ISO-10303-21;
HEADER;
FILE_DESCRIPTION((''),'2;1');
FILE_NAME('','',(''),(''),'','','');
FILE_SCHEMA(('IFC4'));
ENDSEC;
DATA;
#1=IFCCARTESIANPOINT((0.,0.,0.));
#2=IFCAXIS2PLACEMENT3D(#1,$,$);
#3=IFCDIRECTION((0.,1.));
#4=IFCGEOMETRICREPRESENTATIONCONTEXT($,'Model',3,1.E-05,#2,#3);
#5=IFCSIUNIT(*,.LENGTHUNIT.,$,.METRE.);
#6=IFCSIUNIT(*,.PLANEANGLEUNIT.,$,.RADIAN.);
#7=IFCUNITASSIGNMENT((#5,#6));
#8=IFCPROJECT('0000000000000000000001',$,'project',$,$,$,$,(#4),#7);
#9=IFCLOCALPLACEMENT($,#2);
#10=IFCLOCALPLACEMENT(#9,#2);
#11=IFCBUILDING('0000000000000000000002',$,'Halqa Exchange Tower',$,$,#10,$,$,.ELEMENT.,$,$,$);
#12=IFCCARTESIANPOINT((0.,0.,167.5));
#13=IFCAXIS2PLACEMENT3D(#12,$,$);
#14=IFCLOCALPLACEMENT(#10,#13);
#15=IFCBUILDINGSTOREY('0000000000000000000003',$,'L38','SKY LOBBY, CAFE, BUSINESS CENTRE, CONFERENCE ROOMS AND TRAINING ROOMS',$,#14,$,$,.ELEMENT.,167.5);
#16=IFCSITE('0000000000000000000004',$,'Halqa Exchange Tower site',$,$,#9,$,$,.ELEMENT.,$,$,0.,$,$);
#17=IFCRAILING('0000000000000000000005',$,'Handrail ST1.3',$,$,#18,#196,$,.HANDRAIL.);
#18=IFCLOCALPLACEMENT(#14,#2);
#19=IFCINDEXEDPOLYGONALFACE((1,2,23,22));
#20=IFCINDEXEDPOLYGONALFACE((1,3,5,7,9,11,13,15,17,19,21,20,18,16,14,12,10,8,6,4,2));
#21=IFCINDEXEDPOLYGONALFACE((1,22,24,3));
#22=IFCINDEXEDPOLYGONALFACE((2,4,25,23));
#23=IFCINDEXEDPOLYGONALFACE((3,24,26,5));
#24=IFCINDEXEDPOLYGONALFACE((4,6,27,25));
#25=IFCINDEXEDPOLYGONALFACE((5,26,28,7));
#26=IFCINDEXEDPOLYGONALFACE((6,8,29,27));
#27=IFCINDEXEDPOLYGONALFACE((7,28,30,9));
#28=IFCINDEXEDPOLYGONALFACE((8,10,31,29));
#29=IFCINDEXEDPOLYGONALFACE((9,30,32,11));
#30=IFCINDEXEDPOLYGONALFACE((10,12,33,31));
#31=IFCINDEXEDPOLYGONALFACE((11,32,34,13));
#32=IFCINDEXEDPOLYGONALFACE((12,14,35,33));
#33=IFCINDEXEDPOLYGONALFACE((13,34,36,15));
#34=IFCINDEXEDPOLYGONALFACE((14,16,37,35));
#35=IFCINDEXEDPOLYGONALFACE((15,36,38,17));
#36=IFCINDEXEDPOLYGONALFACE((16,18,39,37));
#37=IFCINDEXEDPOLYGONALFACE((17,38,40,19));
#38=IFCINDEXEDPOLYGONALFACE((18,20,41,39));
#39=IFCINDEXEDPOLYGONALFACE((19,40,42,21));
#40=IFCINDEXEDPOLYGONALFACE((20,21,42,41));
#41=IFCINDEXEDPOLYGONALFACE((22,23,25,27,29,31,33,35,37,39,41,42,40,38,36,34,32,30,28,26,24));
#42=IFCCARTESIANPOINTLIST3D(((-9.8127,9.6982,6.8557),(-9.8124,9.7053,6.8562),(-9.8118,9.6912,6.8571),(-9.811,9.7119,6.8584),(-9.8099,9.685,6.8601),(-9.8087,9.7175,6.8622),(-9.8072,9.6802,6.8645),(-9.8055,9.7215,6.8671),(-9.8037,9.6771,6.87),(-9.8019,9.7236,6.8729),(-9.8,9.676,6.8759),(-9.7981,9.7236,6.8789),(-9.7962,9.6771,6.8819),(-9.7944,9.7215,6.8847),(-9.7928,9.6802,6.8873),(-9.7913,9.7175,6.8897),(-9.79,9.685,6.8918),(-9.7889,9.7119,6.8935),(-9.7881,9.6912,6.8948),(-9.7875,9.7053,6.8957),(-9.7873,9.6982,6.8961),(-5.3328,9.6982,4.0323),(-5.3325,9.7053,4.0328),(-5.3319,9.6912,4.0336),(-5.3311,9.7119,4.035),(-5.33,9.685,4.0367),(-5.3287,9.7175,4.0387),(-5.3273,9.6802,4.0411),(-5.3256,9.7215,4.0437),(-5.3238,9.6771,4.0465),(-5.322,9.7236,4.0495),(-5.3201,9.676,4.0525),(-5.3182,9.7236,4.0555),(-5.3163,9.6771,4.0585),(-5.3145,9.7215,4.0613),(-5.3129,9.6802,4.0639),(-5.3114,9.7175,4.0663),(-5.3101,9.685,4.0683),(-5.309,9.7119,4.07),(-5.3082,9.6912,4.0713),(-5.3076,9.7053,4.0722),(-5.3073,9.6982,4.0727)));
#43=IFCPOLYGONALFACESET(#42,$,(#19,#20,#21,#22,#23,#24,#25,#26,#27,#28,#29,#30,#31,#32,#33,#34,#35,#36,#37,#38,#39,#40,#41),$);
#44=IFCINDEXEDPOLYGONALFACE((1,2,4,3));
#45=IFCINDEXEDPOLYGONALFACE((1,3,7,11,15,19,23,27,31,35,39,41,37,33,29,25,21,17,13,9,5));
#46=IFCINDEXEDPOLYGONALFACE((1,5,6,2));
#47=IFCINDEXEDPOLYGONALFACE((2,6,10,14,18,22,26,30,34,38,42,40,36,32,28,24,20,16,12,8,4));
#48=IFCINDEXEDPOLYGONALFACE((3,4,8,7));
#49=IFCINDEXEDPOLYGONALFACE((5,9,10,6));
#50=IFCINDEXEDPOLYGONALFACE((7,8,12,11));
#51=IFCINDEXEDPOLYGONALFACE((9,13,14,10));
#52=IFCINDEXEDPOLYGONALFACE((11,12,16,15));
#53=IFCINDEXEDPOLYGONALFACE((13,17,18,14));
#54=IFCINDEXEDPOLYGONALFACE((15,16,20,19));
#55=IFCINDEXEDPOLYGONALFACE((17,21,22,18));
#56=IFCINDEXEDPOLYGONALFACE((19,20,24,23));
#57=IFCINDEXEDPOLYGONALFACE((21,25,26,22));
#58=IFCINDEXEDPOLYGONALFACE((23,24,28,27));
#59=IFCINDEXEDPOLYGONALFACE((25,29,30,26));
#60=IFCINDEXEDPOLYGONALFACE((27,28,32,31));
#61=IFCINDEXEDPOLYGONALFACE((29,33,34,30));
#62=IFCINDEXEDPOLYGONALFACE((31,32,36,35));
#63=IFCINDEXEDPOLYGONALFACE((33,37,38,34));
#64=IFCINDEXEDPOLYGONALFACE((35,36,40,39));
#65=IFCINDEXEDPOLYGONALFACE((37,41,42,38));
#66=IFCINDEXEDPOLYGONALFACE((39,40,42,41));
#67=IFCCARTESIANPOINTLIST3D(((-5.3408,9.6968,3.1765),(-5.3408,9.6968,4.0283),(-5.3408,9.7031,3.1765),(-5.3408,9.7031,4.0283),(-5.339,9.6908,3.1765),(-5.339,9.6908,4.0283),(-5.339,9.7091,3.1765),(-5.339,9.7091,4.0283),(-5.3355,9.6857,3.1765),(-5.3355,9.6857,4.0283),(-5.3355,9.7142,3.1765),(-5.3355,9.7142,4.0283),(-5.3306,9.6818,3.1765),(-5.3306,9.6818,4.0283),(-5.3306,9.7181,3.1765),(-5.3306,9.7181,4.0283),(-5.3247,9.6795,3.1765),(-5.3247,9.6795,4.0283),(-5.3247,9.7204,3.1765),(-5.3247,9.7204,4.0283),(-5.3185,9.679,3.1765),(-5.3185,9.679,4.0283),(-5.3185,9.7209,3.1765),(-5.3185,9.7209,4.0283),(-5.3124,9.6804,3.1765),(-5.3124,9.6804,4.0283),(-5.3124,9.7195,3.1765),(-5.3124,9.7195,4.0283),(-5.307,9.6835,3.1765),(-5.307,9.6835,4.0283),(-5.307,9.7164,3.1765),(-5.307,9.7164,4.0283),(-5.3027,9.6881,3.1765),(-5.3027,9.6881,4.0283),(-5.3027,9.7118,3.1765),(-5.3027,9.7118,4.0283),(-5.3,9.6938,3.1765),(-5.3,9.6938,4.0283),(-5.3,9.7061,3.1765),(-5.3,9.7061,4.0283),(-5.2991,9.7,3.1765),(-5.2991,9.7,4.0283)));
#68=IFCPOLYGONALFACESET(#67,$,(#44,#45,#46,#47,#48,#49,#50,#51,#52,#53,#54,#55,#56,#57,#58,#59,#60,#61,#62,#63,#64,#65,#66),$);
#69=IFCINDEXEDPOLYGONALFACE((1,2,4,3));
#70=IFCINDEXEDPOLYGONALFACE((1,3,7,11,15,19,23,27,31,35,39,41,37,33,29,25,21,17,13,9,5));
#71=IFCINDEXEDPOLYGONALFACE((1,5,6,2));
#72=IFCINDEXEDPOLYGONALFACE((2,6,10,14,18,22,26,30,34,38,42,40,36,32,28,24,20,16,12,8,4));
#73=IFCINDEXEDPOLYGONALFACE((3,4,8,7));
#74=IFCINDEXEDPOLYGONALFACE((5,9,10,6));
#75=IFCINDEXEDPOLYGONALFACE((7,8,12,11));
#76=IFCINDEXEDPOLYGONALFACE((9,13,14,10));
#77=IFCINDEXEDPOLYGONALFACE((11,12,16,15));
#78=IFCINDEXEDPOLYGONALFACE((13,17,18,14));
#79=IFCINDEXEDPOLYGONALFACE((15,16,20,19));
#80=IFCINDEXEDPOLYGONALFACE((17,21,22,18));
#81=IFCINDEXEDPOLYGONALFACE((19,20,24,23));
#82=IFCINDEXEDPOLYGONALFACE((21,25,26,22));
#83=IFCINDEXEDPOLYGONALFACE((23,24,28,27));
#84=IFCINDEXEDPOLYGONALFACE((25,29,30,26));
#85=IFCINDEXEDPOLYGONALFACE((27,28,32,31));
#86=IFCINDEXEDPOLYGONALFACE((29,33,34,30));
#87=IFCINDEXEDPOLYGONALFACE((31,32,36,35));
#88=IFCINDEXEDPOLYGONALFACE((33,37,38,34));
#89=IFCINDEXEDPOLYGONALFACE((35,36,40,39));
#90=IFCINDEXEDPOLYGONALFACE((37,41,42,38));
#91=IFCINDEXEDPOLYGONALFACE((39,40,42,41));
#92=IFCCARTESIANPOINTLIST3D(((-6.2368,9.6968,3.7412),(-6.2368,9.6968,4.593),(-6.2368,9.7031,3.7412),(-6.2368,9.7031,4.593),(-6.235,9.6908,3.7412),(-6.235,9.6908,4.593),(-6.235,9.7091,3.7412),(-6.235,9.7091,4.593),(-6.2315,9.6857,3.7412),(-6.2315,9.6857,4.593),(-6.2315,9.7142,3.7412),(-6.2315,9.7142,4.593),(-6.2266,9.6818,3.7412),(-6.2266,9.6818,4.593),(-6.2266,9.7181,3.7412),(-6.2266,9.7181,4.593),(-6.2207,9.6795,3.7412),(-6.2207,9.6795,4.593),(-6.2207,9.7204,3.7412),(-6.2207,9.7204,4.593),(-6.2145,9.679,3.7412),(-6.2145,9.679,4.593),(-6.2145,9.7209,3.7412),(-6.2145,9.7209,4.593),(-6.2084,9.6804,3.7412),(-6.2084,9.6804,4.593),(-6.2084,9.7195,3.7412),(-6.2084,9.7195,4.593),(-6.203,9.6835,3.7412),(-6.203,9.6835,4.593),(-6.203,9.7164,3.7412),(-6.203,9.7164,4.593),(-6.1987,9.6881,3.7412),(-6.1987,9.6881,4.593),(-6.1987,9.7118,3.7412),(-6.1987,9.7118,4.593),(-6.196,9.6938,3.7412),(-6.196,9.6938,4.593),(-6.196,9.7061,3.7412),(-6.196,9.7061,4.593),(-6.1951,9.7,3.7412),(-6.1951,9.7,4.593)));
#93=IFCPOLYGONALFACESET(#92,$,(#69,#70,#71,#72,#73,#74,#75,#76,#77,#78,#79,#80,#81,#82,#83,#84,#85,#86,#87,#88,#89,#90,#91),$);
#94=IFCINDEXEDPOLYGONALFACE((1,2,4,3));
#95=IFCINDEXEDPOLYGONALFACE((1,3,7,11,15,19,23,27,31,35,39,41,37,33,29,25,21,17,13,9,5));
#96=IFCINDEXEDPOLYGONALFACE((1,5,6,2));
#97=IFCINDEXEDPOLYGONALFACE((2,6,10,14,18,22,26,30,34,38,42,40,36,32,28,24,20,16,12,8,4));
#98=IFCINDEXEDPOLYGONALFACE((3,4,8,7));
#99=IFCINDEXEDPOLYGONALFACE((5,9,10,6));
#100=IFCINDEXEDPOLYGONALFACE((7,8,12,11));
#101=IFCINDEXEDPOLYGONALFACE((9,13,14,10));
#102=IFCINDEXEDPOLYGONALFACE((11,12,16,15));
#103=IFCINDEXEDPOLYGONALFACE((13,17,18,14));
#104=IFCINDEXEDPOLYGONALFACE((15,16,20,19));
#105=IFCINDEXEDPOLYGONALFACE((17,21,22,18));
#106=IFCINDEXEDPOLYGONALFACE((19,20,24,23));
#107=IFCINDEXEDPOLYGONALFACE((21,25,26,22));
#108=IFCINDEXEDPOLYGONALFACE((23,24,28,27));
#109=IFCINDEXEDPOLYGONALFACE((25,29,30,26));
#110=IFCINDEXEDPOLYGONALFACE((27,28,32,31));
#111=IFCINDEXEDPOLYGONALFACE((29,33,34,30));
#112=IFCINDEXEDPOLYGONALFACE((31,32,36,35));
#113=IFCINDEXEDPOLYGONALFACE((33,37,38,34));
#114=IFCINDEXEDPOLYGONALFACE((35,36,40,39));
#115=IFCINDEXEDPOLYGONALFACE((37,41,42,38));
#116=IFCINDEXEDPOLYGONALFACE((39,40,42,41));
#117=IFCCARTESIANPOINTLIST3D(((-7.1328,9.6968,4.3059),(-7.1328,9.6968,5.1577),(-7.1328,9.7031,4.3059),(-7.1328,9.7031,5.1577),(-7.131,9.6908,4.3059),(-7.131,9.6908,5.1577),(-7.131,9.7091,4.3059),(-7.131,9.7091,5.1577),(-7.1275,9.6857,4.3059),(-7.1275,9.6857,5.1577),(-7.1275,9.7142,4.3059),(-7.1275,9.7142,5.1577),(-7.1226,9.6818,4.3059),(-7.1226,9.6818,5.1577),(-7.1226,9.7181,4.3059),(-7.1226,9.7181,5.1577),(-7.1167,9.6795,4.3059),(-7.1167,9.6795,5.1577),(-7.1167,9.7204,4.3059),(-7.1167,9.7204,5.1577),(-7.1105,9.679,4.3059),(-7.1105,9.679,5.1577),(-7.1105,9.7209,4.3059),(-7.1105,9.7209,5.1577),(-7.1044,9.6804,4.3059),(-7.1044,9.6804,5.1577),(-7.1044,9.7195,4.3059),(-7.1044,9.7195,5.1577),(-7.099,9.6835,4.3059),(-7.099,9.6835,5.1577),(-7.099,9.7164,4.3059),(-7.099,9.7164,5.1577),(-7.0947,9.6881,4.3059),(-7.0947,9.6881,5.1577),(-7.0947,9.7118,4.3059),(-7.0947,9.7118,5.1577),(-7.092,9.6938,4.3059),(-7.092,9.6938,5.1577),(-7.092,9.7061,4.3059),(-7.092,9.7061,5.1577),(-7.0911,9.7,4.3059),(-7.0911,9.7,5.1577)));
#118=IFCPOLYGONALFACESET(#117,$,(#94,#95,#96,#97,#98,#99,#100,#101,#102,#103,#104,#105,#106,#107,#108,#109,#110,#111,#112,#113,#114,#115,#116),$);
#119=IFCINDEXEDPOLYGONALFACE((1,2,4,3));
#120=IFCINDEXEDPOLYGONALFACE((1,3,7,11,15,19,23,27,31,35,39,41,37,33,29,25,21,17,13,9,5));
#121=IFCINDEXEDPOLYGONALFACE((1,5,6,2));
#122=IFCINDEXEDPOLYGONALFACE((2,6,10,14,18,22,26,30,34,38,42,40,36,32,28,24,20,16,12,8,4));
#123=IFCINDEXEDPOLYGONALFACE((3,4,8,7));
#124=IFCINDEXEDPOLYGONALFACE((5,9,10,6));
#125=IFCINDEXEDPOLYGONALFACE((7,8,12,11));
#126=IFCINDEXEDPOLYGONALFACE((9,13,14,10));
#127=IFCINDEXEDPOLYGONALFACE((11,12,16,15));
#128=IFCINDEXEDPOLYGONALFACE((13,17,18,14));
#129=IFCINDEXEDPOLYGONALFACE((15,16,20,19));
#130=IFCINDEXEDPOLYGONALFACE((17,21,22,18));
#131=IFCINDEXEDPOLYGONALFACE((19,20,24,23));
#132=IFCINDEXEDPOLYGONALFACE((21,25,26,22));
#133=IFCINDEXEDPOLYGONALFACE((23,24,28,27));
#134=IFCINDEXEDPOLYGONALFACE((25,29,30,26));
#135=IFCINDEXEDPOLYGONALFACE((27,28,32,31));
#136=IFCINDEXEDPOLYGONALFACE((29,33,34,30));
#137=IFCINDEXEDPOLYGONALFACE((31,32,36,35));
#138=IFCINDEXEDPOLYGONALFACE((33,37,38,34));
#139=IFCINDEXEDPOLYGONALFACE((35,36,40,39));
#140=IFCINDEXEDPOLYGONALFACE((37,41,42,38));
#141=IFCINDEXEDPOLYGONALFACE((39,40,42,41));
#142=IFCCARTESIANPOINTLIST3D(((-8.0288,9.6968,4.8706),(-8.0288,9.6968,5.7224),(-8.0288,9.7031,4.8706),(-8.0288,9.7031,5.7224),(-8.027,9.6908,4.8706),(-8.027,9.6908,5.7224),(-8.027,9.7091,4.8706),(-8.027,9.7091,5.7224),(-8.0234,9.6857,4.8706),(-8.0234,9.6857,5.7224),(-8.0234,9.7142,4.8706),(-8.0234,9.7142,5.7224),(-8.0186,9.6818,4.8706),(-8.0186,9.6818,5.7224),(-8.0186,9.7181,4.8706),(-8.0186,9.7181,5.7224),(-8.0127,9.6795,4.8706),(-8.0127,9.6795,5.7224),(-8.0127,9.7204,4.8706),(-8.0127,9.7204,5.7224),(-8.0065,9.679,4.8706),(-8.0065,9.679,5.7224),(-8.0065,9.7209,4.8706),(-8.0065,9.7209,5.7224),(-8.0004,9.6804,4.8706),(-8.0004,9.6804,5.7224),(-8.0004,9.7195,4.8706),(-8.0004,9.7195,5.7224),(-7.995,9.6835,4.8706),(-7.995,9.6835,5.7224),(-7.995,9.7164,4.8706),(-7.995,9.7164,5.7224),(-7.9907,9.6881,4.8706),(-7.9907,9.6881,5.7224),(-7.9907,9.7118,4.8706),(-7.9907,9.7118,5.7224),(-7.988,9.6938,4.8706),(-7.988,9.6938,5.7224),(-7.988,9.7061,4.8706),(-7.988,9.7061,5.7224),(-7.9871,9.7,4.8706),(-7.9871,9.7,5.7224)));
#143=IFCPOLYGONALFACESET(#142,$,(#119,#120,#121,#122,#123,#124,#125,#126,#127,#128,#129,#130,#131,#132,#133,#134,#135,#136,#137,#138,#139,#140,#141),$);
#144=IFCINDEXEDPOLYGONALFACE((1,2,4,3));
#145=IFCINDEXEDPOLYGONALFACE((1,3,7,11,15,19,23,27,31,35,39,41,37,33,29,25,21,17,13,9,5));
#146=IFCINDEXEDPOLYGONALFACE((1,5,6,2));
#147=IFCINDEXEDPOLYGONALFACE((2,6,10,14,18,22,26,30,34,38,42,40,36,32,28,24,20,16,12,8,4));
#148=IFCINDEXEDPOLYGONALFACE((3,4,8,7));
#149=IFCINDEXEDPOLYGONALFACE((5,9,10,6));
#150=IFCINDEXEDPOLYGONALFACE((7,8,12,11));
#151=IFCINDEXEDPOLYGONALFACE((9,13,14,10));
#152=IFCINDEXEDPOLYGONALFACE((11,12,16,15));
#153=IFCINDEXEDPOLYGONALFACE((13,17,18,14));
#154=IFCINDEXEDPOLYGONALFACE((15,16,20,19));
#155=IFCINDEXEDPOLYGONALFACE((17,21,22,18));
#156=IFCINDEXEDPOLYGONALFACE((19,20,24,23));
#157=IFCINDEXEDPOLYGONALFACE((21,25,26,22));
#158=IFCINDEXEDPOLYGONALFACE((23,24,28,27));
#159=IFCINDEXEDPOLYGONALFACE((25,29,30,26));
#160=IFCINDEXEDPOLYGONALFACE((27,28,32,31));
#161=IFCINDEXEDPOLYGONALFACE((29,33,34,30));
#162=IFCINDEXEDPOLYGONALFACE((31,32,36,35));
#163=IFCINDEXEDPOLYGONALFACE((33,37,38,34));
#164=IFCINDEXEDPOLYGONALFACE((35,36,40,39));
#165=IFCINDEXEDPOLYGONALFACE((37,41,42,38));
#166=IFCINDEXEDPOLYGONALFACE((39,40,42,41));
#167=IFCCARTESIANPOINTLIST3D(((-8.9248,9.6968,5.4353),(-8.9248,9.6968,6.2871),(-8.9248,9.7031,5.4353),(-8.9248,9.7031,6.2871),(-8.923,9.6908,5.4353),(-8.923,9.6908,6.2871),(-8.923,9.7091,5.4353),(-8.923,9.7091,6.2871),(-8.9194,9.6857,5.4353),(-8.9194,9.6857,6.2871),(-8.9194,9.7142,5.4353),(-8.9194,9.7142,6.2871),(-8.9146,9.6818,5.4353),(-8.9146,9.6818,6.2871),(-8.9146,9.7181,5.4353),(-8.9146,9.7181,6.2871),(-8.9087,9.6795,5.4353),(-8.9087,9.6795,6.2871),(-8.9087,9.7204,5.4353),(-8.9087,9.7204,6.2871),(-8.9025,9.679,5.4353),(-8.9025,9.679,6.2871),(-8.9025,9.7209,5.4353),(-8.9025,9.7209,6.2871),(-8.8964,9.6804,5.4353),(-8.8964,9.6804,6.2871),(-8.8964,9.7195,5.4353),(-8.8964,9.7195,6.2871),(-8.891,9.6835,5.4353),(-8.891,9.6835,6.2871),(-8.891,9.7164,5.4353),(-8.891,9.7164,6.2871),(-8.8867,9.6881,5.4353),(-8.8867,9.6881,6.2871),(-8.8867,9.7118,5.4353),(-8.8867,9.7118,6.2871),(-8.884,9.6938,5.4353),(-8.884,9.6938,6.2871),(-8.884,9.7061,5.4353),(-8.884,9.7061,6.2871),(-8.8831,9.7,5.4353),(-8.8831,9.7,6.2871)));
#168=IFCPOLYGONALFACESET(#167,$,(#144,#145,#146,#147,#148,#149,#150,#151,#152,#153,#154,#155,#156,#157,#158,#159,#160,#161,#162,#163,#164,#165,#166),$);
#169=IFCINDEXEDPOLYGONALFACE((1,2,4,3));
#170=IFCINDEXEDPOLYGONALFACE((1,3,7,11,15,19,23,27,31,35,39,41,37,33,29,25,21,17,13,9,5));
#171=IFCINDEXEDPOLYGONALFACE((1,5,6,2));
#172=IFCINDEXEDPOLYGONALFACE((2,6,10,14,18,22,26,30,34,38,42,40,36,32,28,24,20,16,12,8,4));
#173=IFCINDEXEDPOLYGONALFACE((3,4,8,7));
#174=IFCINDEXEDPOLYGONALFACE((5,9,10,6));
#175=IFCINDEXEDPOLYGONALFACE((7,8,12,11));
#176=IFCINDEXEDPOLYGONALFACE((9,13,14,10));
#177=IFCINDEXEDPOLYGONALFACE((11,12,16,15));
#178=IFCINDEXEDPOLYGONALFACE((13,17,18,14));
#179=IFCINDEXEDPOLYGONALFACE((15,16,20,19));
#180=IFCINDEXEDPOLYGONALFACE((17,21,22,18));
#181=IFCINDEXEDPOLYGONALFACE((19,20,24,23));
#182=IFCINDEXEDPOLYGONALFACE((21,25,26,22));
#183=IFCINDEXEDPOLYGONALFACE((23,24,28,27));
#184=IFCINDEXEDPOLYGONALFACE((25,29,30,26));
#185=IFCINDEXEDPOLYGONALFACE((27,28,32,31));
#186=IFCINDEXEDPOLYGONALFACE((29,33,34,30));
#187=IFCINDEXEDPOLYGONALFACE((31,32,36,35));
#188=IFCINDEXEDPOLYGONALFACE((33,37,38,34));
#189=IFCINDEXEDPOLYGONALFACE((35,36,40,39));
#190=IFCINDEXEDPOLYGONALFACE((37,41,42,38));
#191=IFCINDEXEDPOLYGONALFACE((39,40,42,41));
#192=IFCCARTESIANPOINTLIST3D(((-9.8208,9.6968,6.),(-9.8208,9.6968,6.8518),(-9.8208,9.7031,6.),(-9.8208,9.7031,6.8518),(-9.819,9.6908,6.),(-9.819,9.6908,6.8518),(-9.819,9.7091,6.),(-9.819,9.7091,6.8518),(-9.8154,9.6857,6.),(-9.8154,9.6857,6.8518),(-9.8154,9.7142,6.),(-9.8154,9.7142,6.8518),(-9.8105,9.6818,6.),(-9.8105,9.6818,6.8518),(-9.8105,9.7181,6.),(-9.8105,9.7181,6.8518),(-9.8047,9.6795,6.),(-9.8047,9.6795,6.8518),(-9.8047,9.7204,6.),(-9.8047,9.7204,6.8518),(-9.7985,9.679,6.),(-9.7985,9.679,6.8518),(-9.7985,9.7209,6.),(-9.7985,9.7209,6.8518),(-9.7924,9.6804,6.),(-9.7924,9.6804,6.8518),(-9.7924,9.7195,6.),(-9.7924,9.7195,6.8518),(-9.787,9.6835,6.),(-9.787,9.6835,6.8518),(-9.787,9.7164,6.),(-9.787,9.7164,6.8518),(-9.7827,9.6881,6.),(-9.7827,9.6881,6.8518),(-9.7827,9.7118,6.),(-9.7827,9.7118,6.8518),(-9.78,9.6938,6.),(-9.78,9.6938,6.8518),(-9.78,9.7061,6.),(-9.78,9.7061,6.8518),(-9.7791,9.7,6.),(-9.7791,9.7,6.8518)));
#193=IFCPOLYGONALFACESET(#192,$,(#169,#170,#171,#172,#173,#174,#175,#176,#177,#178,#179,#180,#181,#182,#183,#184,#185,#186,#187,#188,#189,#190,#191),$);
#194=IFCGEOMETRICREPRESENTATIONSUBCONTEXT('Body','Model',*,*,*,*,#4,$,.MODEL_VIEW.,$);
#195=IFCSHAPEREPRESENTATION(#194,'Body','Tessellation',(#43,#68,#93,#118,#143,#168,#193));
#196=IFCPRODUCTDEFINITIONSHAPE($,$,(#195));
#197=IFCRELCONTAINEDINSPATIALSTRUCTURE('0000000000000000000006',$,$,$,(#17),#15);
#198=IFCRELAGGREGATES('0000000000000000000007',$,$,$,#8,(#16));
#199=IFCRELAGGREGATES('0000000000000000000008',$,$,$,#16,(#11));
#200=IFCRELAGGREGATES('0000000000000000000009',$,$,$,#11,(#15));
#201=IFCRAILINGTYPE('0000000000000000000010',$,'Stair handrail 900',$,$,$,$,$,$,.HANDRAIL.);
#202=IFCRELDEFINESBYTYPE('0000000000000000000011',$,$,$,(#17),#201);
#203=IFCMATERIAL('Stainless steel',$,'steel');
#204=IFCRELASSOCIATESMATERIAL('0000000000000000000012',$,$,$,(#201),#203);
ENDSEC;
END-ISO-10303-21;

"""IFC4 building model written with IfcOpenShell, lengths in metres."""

from ifc_helpers import new_model, si_unit, direction, frame, origin, origin_2d, place, context, subcontext, project, spatial, circle, extrude, material, type_object, element, save


model = new_model("IFC4")

# Units and contexts
model_context = context("Model", 3, precision=1e-05, world=origin(), true_north=direction((0.0, 1.0)))
body_context = subcontext(model_context, "Body", "Model", "MODEL_VIEW")
ifc_project = project(units=[si_unit("LENGTHUNIT", "METRE"), si_unit("PLANEANGLEUNIT", "RADIAN")], contexts=[model_context])

# Site, building, storey
site_placement = place(None, origin())
site = spatial("IfcSite", under=ifc_project, at=site_placement, Name="Halqa Exchange Tower site", CompositionType="ELEMENT", RefElevation=0.0)
building_placement = place(site_placement, origin())
building = spatial("IfcBuilding", under=site, at=building_placement, Name="Halqa Exchange Tower", CompositionType="ELEMENT")
storey_placement = place(building_placement, frame((0.0, 0.0, 167.5)))
storey = spatial("IfcBuildingStorey", under=building, at=storey_placement, Name="L38", Description="SKY LOBBY, CAFE, BUSINESS CENTRE, CONFERENCE ROOMS AND TRAINING ROOMS", CompositionType="ELEMENT", Elevation=167.5)

# Railing
ifc_material_1 = material(Name="Stainless steel", Category="steel")
railing_type = type_object("IfcRailingType", Name="Stair handrail 900", PredefinedType="HANDRAIL", material=ifc_material_1)
railing_1_placement = place(storey_placement, frame((-5.3201, 9.7, 3.1765)))
element("IfcRailing", 1, at=railing_1_placement, inside=storey, type_object=railing_type, Name="Handrail ST1.3", PredefinedType="HANDRAIL", context=body_context, shape_type="SweptSolid", body=[
    extrude(circle(Radius=0.0239, at=origin_2d()), frame((0.0, 0.0, 0.876), z_axis=(-0.845998, 0.0, 0.533186), x_axis=(0.0, -1.0, 0.0)), (0.0, 0.0, 1.0), 5.2954),
    extrude(circle(Radius=0.021, at=origin_2d()), origin(), (0.0, 0.0, 1.0), 0.8518),
    extrude(circle(Radius=0.021, at=origin_2d()), frame((-0.896, 0.0, 0.5647)), (0.0, 0.0, 1.0), 0.8518),
    extrude(circle(Radius=0.021, at=origin_2d()), frame((-1.792, 0.0, 1.1294)), (0.0, 0.0, 1.0), 0.8518),
    extrude(circle(Radius=0.021, at=origin_2d()), frame((-2.688, 0.0, 1.6941)), (0.0, 0.0, 1.0), 0.8518),
    extrude(circle(Radius=0.021, at=origin_2d()), frame((-3.584, 0.0, 2.2588)), (0.0, 0.0, 1.0), 0.8518),
    extrude(circle(Radius=0.021, at=origin_2d()), frame((-4.48, 0.0, 2.8235)), (0.0, 0.0, 1.0), 0.8518),
])

save(model, "model.ifc")
